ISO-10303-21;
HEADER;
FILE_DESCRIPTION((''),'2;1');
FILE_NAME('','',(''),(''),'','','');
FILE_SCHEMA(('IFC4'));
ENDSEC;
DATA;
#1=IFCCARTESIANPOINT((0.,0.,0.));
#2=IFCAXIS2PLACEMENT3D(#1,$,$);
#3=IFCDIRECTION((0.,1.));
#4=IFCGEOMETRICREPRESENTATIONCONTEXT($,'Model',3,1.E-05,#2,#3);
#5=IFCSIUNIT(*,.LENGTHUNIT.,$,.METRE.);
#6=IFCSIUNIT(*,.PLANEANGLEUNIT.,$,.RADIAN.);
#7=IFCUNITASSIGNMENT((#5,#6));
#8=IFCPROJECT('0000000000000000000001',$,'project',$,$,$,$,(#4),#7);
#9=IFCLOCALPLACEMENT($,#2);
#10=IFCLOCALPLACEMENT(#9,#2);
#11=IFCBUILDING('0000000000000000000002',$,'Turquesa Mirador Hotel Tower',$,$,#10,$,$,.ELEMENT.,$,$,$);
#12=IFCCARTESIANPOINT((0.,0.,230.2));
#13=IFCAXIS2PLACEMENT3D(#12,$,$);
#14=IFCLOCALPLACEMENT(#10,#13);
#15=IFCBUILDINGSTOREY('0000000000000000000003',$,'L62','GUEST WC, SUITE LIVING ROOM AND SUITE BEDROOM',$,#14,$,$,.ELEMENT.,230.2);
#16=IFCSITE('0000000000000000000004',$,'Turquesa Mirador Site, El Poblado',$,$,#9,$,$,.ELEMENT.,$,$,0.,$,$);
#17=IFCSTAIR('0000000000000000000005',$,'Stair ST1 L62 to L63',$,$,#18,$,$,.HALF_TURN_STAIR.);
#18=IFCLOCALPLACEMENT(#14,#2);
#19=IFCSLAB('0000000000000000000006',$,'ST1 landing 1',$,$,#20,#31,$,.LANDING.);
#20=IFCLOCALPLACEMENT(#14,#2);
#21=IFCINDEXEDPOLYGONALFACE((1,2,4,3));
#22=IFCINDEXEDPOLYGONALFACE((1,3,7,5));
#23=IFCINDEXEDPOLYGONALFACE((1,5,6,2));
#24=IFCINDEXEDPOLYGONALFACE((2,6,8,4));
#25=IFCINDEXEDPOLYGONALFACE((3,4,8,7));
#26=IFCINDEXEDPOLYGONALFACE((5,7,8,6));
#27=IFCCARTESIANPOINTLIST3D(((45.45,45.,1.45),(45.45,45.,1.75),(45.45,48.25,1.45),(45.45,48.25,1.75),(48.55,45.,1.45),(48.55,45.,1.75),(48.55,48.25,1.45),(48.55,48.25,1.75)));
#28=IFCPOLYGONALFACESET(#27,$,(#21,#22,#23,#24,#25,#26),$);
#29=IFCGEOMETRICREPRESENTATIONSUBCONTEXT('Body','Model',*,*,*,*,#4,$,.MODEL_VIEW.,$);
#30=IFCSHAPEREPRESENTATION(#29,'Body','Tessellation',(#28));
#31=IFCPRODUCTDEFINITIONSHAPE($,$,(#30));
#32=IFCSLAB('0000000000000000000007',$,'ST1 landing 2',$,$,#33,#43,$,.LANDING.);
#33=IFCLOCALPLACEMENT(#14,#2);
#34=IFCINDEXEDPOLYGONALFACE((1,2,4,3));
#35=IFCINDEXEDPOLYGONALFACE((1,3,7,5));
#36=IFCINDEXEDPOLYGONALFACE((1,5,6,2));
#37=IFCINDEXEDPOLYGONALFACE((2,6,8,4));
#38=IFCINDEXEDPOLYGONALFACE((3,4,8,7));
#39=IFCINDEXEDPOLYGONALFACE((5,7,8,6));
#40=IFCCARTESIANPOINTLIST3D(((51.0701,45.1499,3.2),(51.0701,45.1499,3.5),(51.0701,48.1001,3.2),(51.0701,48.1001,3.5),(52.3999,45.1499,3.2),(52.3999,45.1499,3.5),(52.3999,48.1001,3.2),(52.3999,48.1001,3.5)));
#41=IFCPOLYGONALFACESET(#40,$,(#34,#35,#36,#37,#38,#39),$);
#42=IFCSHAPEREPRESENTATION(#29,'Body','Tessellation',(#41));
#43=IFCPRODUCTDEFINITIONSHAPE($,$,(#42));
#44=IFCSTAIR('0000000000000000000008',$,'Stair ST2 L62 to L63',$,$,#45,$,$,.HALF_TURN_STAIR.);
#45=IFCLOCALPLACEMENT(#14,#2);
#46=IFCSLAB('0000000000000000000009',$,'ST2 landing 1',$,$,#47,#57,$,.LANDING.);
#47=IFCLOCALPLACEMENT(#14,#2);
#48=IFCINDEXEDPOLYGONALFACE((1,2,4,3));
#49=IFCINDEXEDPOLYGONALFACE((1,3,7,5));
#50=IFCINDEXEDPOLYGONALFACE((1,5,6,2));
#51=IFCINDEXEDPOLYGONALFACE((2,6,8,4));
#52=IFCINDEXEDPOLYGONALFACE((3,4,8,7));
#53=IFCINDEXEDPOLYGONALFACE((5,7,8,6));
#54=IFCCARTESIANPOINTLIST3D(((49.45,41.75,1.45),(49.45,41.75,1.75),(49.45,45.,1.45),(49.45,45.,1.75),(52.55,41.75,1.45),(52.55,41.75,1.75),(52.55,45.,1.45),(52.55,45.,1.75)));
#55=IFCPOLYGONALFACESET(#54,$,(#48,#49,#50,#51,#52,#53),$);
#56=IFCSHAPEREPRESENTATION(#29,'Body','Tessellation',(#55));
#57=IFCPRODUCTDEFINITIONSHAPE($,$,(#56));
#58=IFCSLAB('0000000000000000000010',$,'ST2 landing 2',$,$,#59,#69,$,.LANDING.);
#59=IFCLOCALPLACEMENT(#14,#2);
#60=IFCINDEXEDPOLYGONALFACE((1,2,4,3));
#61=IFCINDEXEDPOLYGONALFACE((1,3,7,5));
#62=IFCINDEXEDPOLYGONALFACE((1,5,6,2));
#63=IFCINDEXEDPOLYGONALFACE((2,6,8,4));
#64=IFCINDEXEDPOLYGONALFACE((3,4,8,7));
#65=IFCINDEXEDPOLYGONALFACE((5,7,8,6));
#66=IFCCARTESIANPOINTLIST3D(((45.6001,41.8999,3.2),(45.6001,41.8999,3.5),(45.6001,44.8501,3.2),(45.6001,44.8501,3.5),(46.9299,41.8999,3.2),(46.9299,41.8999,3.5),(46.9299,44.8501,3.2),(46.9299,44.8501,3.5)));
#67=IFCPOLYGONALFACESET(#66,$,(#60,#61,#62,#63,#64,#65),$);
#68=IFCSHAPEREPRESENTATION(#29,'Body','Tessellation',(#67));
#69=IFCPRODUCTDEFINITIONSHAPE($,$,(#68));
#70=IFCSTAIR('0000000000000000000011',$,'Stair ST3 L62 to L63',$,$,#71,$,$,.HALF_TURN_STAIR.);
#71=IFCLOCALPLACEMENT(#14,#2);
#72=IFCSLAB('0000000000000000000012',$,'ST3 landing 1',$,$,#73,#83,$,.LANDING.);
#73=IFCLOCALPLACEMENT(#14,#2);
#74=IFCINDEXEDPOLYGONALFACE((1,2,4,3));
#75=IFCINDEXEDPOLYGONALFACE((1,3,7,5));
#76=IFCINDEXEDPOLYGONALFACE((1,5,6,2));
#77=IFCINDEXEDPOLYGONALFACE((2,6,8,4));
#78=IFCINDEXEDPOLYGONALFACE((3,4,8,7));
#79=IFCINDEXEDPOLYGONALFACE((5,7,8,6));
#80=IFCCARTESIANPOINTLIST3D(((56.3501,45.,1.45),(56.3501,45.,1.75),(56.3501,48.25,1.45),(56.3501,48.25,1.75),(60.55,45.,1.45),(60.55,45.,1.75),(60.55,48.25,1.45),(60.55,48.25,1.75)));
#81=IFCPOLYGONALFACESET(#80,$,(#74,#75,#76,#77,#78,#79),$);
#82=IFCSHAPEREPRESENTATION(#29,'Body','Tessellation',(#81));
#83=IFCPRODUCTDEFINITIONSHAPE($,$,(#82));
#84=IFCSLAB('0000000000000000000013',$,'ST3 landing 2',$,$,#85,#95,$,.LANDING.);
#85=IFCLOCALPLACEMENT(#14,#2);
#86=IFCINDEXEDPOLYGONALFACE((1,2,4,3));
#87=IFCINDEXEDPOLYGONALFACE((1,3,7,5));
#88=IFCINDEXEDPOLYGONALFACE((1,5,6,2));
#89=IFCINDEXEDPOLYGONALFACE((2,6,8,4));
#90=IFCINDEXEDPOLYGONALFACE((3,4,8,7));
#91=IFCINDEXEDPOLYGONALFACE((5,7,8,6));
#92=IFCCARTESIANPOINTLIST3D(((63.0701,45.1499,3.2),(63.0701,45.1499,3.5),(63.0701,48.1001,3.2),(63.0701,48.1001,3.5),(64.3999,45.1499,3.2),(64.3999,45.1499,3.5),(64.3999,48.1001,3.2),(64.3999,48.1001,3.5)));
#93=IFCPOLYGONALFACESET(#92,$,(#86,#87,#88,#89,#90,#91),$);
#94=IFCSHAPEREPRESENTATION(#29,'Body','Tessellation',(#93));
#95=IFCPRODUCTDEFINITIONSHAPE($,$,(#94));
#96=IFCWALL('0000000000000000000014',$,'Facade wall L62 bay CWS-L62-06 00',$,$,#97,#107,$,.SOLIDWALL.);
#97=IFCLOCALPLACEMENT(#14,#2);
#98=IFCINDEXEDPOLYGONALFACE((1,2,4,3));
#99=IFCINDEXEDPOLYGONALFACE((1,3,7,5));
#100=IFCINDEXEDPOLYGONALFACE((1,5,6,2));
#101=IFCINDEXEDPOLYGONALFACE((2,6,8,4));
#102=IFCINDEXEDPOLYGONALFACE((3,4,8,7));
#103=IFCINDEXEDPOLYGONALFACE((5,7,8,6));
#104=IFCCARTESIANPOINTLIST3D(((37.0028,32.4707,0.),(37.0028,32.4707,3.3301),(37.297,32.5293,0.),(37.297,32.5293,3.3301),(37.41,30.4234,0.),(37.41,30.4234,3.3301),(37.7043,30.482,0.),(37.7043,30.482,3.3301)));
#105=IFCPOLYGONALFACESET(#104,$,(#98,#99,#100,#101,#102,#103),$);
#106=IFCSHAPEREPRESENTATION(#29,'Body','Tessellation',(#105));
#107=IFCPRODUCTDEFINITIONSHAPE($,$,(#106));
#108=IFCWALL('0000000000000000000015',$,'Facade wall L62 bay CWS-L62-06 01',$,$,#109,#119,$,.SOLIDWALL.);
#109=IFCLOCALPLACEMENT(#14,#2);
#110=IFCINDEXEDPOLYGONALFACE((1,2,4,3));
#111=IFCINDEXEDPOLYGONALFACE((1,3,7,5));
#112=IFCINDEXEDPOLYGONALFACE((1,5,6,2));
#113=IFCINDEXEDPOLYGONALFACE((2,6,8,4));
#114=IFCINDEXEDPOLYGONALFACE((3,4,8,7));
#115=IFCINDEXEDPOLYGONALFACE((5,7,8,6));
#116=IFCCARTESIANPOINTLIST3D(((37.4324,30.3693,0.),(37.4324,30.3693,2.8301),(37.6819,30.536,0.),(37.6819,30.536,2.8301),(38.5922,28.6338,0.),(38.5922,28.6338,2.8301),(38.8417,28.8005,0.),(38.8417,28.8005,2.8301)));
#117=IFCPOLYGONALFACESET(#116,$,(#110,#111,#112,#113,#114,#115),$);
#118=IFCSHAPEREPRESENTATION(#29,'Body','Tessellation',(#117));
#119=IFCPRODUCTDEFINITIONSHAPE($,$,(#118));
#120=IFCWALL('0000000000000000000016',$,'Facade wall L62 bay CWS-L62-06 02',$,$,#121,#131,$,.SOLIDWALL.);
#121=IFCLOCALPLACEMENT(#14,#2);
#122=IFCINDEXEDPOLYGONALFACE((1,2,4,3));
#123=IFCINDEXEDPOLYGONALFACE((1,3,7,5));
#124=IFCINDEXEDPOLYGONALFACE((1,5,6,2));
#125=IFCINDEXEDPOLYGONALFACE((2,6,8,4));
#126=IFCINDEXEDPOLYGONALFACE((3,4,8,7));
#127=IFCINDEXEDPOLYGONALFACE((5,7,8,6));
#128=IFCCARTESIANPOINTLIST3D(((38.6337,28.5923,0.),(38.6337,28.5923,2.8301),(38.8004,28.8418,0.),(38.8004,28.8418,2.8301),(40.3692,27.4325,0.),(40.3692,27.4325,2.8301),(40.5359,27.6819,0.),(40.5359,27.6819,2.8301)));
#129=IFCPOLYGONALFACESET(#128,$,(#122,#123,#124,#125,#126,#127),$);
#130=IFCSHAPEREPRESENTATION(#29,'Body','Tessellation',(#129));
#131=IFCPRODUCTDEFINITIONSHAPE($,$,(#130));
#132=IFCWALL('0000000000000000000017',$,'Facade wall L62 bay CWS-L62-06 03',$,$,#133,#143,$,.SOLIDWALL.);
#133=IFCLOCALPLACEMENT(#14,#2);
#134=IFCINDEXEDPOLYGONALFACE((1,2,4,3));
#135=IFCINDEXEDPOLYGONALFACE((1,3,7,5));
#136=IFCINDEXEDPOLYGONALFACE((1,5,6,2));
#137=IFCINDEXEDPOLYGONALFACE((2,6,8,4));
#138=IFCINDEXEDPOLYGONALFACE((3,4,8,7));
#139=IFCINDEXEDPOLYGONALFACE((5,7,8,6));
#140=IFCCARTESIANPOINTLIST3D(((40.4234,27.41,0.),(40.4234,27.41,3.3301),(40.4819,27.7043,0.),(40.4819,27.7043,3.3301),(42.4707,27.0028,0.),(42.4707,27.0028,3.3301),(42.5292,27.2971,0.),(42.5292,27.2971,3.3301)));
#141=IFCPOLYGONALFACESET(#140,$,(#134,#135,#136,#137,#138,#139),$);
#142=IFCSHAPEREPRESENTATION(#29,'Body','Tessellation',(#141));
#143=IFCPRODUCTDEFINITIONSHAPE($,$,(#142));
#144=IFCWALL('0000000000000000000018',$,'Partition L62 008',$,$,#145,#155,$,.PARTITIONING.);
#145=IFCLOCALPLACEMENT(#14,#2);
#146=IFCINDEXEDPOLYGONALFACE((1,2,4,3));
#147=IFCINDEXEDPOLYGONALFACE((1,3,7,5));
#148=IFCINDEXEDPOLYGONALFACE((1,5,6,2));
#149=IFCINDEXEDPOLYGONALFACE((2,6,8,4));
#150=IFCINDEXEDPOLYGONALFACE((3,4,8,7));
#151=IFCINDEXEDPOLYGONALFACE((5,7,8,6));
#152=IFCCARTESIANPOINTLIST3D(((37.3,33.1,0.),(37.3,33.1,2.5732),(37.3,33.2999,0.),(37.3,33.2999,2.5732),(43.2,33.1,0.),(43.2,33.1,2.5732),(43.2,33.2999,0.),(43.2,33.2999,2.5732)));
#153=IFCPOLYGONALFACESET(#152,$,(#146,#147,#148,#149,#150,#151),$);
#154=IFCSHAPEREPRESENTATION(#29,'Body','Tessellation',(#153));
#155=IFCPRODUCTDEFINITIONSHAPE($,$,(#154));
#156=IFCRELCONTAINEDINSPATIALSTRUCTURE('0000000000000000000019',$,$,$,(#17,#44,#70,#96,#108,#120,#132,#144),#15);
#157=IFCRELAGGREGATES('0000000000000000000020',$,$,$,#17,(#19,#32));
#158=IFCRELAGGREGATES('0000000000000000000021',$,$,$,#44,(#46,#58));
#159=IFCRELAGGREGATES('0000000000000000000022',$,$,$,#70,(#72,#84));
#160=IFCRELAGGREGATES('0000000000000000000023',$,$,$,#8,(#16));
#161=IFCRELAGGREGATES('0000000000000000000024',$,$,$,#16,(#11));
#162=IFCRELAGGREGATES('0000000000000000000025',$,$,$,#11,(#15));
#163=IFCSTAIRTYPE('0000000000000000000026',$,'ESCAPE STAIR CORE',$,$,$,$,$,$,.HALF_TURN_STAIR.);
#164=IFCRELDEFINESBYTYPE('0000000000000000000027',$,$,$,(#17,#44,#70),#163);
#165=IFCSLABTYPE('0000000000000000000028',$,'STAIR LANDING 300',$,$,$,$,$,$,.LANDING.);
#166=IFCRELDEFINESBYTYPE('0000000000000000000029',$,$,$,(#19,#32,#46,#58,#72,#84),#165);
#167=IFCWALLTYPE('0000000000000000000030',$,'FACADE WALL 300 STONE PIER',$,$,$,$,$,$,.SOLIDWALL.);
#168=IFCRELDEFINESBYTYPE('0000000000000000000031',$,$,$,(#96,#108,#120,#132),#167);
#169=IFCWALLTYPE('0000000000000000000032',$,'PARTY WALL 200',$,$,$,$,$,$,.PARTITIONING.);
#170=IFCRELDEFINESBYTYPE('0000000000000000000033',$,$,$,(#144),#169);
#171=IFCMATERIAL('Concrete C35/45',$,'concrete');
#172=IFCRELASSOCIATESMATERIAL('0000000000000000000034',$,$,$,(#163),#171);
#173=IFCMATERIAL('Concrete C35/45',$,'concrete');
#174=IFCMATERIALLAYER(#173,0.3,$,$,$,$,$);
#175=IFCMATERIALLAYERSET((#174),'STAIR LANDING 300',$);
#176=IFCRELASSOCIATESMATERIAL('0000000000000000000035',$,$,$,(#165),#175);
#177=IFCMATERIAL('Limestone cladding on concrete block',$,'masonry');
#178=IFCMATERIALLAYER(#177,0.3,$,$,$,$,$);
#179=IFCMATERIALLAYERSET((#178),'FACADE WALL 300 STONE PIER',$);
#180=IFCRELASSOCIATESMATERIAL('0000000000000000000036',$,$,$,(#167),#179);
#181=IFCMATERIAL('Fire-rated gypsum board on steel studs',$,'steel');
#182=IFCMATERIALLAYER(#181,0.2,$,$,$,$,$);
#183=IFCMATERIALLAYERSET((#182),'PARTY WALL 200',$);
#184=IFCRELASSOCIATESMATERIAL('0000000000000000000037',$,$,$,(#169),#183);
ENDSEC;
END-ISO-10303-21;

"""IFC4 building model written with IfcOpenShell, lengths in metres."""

from ifc_helpers import new_model, si_unit, direction, frame, frame_2d, origin, place, context, subcontext, project, spatial, polyline, rectangle, outline, extrude, material, layer, layer_set, type_object, element, aggregate, save


model = new_model("IFC4")

# Units and contexts
model_context = context("Model", 3, precision=1e-05, world=origin(), true_north=direction((0.0, 1.0)))
body_context = subcontext(model_context, "Body", "Model", "MODEL_VIEW")
ifc_project = project(units=[si_unit("LENGTHUNIT", "METRE"), si_unit("PLANEANGLEUNIT", "RADIAN")], contexts=[model_context])

# Site, building, storey
site_placement = place(None, origin())
site = spatial("IfcSite", under=ifc_project, at=site_placement, Name="Turquesa Mirador Site, El Poblado", CompositionType="ELEMENT", RefElevation=0.0)
building_placement = place(site_placement, origin())
building = spatial("IfcBuilding", under=site, at=building_placement, Name="Turquesa Mirador Hotel Tower", CompositionType="ELEMENT")
storey_placement = place(building_placement, frame((0.0, 0.0, 230.2)))
storey = spatial("IfcBuildingStorey", under=building, at=storey_placement, Name="L62", Description="GUEST WC, SUITE LIVING ROOM AND SUITE BEDROOM", CompositionType="ELEMENT", Elevation=230.2)

# Stairs, slabs
ifc_material_1 = material(Name="Concrete C35/45", Category="concrete")
stair_type = type_object("IfcStairType", Name="ESCAPE STAIR CORE", PredefinedType="HALF_TURN_STAIR", material=ifc_material_1)
stair_1_placement = place(storey_placement, origin())
stair_1 = element("IfcStair", 1, at=stair_1_placement, inside=storey, type_object=stair_type, Name="Stair ST1 L62 to L63", PredefinedType="HALF_TURN_STAIR")
ifc_material_2 = material(Name="Concrete C35/45", Category="concrete")
ifc_layer_1 = layer(ifc_material_2, 0.3)
ifc_layer_set_1 = layer_set([ifc_layer_1], Name="STAIR LANDING 300")
slab_type_1 = type_object("IfcSlabType", Name="STAIR LANDING 300", PredefinedType="LANDING", material=ifc_layer_set_1)
slab_1_placement = place(storey_placement, frame((0.0, 0.0, 1.45)))
slab_1 = element("IfcSlab", 2, at=slab_1_placement, type_object=slab_type_1, Name="ST1 landing 1", PredefinedType="LANDING", context=body_context, shape_type="SweptSolid", body=[
    extrude(outline(polyline([(45.45, 45.0), (48.55, 45.0), (48.55, 48.25), (45.45, 48.25), (45.45, 45.0)])), origin(), (0.0, 0.0, 1.0), 0.3),
])
slab_2_placement = place(storey_placement, frame((0.0, 0.0, 3.2)))
slab_2 = element("IfcSlab", 3, at=slab_2_placement, type_object=slab_type_1, Name="ST1 landing 2", PredefinedType="LANDING", context=body_context, shape_type="SweptSolid", body=[
    extrude(outline(polyline([(51.0701, 45.1499), (52.3999, 45.1499), (52.3999, 48.1001), (51.0701, 48.1001), (51.0701, 45.1499)])), origin(), (0.0, 0.0, 1.0), 0.3),
])
aggregate(stair_1, [slab_1, slab_2])
stair_2_placement = place(storey_placement, origin())
stair_2 = element("IfcStair", 4, at=stair_2_placement, inside=storey, type_object=stair_type, Name="Stair ST2 L62 to L63", PredefinedType="HALF_TURN_STAIR")
slab_3_placement = place(storey_placement, frame((0.0, 0.0, 1.45)))
slab_3 = element("IfcSlab", 5, at=slab_3_placement, type_object=slab_type_1, Name="ST2 landing 1", PredefinedType="LANDING", context=body_context, shape_type="SweptSolid", body=[
    extrude(outline(polyline([(52.55, 45.0), (49.45, 45.0), (49.45, 41.75), (52.55, 41.75), (52.55, 45.0)])), origin(), (0.0, 0.0, 1.0), 0.3),
])
slab_4_placement = place(storey_placement, frame((0.0, 0.0, 3.2)))
slab_4 = element("IfcSlab", 6, at=slab_4_placement, type_object=slab_type_1, Name="ST2 landing 2", PredefinedType="LANDING", context=body_context, shape_type="SweptSolid", body=[
    extrude(outline(polyline([(46.9299, 44.8501), (45.6001, 44.8501), (45.6001, 41.8999), (46.9299, 41.8999), (46.9299, 44.8501)])), origin(), (0.0, 0.0, 1.0), 0.3),
])
aggregate(stair_2, [slab_3, slab_4])
stair_3_placement = place(storey_placement, origin())
stair_3 = element("IfcStair", 7, at=stair_3_placement, inside=storey, type_object=stair_type, Name="Stair ST3 L62 to L63", PredefinedType="HALF_TURN_STAIR")
slab_5_placement = place(storey_placement, frame((0.0, 0.0, 1.45)))
slab_5 = element("IfcSlab", 8, at=slab_5_placement, type_object=slab_type_1, Name="ST3 landing 1", PredefinedType="LANDING", context=body_context, shape_type="SweptSolid", body=[
    extrude(outline(polyline([(56.3501, 45.0), (60.55, 45.0), (60.55, 48.25), (56.3501, 48.25), (56.3501, 45.0)])), origin(), (0.0, 0.0, 1.0), 0.3),
])
slab_6_placement = place(storey_placement, frame((0.0, 0.0, 3.2)))
slab_6 = element("IfcSlab", 9, at=slab_6_placement, type_object=slab_type_1, Name="ST3 landing 2", PredefinedType="LANDING", context=body_context, shape_type="SweptSolid", body=[
    extrude(outline(polyline([(63.0701, 45.1499), (64.3999, 45.1499), (64.3999, 48.1001), (63.0701, 48.1001), (63.0701, 45.1499)])), origin(), (0.0, 0.0, 1.0), 0.3),
])
aggregate(stair_3, [slab_5, slab_6])

# Walls
ifc_material_3 = material(Name="Limestone cladding on concrete block", Category="masonry")
ifc_layer_2 = layer(ifc_material_3, 0.3)
ifc_layer_set_2 = layer_set([ifc_layer_2], Name="FACADE WALL 300 STONE PIER")
wall_type_1 = type_object("IfcWallType", Name="FACADE WALL 300 STONE PIER", PredefinedType="SOLIDWALL", material=ifc_layer_set_2)
wall_1_placement = place(storey_placement, frame((37.1499, 32.5, 0.0), z_axis=(0.0, 0.0, 1.0), x_axis=(0.195081, -0.980787, 0.0)))
element("IfcWall", 10, at=wall_1_placement, inside=storey, type_object=wall_type_1, Name="Facade wall L62 bay CWS-L62-06 00", PredefinedType="SOLIDWALL", context=body_context, shape_type="SweptSolid", body=[
    extrude(rectangle(XDim=2.0874, YDim=0.3, at=frame_2d((1.0437, 0.0))), origin(), (0.0, 0.0, 1.0), 3.3301),
])
for number, where, z_axis, x_axis, name in (
    (11, (37.5571, 30.4526, 0.0), (0.0, 0.0, 1.0), (0.555644, -0.83142, 0.0), "Facade wall L62 bay CWS-L62-06 01"),
    (12, (38.717, 28.717, 0.0), (0.0, 0.0, 1.0), (0.83142, -0.555644, 0.0), "Facade wall L62 bay CWS-L62-06 02"),
):
    element("IfcWall", number, at=place(storey_placement, frame(where, z_axis=z_axis, x_axis=x_axis)), inside=storey, type_object=wall_type_1, Name=name, PredefinedType="SOLIDWALL", context=body_context, shape_type="SweptSolid", body=[
        extrude(rectangle(XDim=2.0874, YDim=0.3, at=frame_2d((1.0437, 0.0))), origin(), (0.0, 0.0, 1.0), 2.8301),
    ])
wall_2_placement = place(storey_placement, frame((40.4526, 27.5571, 0.0), z_axis=(0.0, 0.0, 1.0), x_axis=(0.980787, -0.195081, 0.0)))
element("IfcWall", 13, at=wall_2_placement, inside=storey, type_object=wall_type_1, Name="Facade wall L62 bay CWS-L62-06 03", PredefinedType="SOLIDWALL", context=body_context, shape_type="SweptSolid", body=[
    extrude(rectangle(XDim=2.0874, YDim=0.3, at=frame_2d((1.0437, 0.0))), origin(), (0.0, 0.0, 1.0), 3.3301),
])
ifc_material_4 = material(Name="Fire-rated gypsum board on steel studs", Category="steel")
ifc_layer_3 = layer(ifc_material_4, 0.2)
ifc_layer_set_3 = layer_set([ifc_layer_3], Name="PARTY WALL 200")
wall_type_2 = type_object("IfcWallType", Name="PARTY WALL 200", PredefinedType="PARTITIONING", material=ifc_layer_set_3)
wall_3_placement = place(storey_placement, frame((37.3, 33.2, 0.0), z_axis=(0.0, 0.0, 1.0), x_axis=(1.0, 0.0, 0.0)))
element("IfcWall", 14, at=wall_3_placement, inside=storey, type_object=wall_type_2, Name="Partition L62 008", PredefinedType="PARTITIONING", context=body_context, shape_type="SweptSolid", body=[
    extrude(rectangle(XDim=5.8999, YDim=0.2, at=frame_2d((2.95, 0.0))), origin(), (0.0, 0.0, 1.0), 2.5732),
])

save(model, "model.ifc")
